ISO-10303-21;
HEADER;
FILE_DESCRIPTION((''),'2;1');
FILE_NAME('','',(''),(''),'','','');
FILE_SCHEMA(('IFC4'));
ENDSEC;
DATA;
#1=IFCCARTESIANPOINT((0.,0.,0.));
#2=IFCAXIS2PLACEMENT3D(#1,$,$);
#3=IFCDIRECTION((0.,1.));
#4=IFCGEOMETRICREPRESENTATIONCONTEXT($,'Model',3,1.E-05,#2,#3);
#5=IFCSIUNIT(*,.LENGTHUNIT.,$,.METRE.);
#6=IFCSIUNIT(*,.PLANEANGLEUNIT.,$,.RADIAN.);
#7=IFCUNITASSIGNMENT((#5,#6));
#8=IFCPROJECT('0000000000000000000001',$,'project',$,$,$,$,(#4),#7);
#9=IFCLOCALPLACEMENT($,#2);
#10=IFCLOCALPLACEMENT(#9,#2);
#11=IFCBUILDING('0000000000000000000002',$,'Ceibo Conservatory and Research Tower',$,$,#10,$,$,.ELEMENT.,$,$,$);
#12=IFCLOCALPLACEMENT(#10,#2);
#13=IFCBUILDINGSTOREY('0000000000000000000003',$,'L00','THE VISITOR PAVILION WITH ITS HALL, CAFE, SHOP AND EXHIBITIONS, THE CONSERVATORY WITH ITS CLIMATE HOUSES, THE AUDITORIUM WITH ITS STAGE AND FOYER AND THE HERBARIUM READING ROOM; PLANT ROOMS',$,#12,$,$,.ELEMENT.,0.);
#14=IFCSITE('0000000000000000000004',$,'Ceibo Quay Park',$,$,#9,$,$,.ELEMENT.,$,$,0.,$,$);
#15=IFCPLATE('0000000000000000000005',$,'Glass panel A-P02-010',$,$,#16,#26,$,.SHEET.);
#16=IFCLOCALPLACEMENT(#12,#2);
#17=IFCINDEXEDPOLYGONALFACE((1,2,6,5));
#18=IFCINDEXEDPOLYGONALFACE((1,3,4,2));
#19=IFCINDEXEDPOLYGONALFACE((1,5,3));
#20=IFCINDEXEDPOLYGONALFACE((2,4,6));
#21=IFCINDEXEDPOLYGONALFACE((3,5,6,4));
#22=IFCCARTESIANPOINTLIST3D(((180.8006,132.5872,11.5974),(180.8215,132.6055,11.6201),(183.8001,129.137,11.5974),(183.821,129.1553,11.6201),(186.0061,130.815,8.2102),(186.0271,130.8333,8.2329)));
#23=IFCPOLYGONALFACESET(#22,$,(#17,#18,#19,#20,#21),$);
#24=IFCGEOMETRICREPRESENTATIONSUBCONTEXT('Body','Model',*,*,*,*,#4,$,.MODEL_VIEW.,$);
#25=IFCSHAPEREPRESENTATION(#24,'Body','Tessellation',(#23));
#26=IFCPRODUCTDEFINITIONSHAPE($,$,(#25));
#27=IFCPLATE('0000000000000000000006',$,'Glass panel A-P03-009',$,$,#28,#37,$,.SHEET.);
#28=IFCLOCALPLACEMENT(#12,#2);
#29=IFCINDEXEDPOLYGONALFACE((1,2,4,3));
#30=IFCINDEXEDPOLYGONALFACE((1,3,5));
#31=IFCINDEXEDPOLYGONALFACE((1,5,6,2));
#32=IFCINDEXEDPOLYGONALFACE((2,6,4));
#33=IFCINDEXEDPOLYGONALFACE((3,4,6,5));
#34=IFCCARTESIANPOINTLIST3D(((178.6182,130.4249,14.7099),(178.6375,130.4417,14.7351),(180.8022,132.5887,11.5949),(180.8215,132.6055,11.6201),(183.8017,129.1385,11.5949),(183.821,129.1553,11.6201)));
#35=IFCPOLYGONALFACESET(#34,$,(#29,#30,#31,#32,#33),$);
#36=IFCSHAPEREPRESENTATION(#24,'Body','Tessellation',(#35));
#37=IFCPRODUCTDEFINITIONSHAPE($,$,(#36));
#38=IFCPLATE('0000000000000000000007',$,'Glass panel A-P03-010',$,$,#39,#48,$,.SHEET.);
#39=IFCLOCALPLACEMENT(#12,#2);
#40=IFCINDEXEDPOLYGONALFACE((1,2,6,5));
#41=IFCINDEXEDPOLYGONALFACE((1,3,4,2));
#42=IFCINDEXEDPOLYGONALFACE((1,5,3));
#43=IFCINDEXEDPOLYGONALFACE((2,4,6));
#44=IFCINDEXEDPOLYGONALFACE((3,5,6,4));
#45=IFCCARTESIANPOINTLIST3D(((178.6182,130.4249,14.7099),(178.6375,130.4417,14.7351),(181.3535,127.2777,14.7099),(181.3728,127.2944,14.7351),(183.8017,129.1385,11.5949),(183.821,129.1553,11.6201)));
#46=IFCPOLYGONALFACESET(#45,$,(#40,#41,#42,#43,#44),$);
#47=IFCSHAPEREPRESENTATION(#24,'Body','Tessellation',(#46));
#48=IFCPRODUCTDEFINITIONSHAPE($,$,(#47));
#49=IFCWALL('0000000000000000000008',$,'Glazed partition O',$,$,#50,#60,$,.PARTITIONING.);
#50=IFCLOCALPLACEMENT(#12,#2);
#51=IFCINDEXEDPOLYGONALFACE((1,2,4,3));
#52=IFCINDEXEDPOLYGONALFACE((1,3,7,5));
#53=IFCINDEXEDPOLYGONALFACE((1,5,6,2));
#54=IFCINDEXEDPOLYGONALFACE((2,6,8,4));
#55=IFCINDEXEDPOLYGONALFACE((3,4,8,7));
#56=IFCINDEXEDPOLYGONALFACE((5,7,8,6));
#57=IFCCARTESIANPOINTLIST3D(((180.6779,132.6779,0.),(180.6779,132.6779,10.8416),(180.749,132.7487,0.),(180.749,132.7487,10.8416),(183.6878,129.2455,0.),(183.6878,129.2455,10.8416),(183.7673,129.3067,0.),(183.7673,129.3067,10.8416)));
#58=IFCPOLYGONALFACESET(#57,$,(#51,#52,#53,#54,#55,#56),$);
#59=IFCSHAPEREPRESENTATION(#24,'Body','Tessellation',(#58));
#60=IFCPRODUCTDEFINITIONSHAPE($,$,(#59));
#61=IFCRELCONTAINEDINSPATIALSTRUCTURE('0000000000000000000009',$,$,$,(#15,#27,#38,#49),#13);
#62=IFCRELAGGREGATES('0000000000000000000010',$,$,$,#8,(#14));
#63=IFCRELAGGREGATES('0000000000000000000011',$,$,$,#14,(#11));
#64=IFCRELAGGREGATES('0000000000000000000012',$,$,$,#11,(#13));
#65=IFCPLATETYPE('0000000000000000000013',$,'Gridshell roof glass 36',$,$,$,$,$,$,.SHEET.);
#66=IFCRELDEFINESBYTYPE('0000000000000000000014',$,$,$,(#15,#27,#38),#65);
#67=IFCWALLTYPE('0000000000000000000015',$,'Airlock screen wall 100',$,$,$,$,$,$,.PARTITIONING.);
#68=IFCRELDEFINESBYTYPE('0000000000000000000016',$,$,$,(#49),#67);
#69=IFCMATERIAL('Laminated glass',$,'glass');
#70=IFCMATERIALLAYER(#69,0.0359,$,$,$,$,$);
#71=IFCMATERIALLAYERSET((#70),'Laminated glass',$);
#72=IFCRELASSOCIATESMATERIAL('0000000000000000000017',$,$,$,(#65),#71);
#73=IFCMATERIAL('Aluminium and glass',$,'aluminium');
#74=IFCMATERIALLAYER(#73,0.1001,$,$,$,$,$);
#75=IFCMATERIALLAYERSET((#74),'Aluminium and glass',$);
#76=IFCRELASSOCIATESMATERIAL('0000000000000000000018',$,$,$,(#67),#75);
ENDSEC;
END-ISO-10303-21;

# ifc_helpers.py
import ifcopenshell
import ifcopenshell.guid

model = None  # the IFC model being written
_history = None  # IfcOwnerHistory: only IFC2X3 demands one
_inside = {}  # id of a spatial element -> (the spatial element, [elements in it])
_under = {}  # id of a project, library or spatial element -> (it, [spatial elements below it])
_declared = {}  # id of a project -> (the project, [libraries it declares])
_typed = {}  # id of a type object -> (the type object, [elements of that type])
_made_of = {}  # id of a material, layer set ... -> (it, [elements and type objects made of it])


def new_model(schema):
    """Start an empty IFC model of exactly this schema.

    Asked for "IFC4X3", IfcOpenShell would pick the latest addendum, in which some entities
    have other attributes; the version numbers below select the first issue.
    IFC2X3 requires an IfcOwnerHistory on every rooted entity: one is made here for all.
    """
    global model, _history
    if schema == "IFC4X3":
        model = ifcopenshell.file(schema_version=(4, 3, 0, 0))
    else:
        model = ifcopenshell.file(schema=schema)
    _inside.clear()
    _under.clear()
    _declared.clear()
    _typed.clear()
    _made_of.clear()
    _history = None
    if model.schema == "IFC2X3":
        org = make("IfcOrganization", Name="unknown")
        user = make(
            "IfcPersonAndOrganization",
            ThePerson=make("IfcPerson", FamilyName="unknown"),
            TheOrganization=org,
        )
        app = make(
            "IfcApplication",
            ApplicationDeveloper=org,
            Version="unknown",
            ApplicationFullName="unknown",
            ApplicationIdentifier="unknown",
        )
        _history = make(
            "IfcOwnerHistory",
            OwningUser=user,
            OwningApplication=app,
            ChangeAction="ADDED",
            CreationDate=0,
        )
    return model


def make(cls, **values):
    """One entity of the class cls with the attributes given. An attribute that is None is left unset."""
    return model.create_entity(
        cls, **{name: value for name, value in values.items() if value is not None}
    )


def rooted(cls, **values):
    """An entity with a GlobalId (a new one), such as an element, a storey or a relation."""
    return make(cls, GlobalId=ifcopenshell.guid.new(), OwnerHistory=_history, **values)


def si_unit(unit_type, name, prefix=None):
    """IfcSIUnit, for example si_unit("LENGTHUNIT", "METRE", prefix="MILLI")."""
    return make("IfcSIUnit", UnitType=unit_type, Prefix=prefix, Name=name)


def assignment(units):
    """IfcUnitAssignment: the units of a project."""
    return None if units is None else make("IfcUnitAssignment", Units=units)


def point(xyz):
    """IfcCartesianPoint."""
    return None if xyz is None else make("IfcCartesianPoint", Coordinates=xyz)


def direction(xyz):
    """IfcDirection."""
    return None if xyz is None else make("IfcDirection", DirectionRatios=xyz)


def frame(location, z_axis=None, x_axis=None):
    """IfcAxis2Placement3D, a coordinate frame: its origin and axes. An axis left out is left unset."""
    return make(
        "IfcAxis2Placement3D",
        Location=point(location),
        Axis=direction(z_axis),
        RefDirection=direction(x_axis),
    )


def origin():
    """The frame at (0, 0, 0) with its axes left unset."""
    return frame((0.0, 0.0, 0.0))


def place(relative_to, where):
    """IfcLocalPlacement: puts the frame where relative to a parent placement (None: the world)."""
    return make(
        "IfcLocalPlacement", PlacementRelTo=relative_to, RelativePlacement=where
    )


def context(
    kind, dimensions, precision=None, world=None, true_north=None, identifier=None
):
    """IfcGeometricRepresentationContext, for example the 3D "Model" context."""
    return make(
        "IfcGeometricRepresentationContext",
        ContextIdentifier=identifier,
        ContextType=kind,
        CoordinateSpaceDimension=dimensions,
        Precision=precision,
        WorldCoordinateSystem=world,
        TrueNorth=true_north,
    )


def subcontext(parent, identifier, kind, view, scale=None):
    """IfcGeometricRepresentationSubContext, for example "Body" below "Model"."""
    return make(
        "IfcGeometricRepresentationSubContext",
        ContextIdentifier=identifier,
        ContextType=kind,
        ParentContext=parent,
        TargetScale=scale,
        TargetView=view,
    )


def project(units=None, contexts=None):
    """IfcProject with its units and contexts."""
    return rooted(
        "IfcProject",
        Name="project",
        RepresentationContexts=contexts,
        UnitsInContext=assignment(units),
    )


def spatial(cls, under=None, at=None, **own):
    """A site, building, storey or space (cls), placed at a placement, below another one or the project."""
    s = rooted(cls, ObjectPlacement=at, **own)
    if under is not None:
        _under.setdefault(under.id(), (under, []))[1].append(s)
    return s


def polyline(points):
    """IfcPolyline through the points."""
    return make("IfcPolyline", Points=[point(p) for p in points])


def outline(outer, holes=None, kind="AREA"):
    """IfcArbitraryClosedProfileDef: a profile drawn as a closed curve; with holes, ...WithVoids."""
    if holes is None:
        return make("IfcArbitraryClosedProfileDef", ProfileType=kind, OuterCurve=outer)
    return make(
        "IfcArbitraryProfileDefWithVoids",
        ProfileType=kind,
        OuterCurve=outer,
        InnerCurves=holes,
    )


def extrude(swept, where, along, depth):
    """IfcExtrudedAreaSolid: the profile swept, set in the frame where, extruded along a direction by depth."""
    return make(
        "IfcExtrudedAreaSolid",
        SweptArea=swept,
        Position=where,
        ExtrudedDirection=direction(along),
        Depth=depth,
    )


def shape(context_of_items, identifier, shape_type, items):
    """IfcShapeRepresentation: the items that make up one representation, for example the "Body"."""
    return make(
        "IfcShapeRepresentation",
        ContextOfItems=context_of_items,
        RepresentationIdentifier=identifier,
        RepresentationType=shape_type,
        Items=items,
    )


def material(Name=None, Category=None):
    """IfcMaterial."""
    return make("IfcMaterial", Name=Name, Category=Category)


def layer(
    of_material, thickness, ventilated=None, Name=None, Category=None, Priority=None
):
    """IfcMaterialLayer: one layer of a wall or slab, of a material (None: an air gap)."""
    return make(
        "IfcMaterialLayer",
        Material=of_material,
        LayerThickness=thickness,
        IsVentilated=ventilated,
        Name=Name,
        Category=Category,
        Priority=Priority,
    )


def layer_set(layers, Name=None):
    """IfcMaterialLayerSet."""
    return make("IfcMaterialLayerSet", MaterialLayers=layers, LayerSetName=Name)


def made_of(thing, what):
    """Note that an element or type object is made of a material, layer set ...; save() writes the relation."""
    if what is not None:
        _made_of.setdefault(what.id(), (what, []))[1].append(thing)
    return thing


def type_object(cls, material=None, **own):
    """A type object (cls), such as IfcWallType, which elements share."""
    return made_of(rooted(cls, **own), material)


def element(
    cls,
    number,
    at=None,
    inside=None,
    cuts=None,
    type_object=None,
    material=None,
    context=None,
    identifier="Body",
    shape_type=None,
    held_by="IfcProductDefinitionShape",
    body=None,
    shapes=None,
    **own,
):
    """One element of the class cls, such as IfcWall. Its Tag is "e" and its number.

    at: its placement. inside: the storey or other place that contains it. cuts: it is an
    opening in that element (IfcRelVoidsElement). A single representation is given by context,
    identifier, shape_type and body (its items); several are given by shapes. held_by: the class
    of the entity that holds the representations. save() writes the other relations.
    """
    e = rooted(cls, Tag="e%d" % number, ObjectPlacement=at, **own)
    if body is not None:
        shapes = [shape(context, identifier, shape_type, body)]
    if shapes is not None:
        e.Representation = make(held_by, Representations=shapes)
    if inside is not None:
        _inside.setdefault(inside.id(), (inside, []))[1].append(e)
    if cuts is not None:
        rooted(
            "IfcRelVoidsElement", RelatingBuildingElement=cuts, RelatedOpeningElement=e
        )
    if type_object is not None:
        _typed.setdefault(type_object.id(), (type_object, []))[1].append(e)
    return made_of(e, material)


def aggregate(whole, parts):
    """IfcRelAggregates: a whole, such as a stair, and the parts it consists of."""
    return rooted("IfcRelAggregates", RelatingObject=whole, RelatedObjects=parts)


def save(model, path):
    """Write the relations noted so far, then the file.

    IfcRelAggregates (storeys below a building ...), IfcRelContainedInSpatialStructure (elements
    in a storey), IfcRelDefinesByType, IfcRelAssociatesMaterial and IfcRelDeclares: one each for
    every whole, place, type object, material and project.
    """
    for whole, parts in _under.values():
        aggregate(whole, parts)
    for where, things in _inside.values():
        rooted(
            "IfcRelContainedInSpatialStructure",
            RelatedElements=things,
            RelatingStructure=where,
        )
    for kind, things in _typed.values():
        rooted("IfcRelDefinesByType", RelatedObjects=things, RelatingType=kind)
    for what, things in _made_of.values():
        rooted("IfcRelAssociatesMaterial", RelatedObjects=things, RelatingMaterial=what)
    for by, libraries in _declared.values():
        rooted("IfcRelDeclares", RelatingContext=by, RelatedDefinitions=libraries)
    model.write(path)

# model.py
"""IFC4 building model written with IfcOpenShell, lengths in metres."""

from ifc_helpers import new_model, si_unit, direction, frame, origin, place, context, subcontext, project, spatial, polyline, outline, extrude, material, layer, layer_set, type_object, element, save


model = new_model("IFC4")

# Units and contexts
model_context = context("Model", 3, precision=1e-05, world=origin(), true_north=direction((0.0, 1.0)))
body_context = subcontext(model_context, "Body", "Model", "MODEL_VIEW")
ifc_project = project(units=[si_unit("LENGTHUNIT", "METRE"), si_unit("PLANEANGLEUNIT", "RADIAN")], contexts=[model_context])

# Site, building, storey
site_placement = place(None, origin())
site = spatial("IfcSite", under=ifc_project, at=site_placement, Name="Ceibo Quay Park", CompositionType="ELEMENT", RefElevation=0.0)
building_placement = place(site_placement, origin())
building = spatial("IfcBuilding", under=site, at=building_placement, Name="Ceibo Conservatory and Research Tower", CompositionType="ELEMENT")
storey_placement = place(building_placement, origin())
storey = spatial("IfcBuildingStorey", under=building, at=storey_placement, Name="L00", Description="THE VISITOR PAVILION WITH ITS HALL, CAFE, SHOP AND EXHIBITIONS, THE CONSERVATORY WITH ITS CLIMATE HOUSES, THE AUDITORIUM WITH ITS STAGE AND FOYER AND THE HERBARIUM READING ROOM; PLANT ROOMS", CompositionType="ELEMENT", Elevation=0.0)

# Shared definitions
ifc_material_1 = material(Name="Aluminium and glass", Category="aluminium")
ifc_material_2 = material(Name="Laminated glass", Category="glass")

# Plates
ifc_layer_1 = layer(ifc_material_2, 0.0359)
ifc_layer_set_1 = layer_set([ifc_layer_1], Name="Laminated glass")
plate_type_1 = type_object("IfcPlateType", Name="Gridshell roof glass 36", PredefinedType="SHEET", material=ifc_layer_set_1)
plate_1_placement = place(storey_placement, frame((186.0271, 130.8333, 8.2329), z_axis=(0.584559, 0.508201, 0.632474), x_axis=(-0.806006, 0.274402, 0.52446)))
element("IfcPlate", 1, at=plate_1_placement, inside=storey, type_object=plate_type_1, Name="Glass panel A-P02-010", PredefinedType="SHEET", context=body_context, shape_type="SweptSolid", body=[
    extrude(outline(polyline([(0.0, 0.0), (6.4585, 0.0), (3.0941, 3.0955), (0.0, 0.0)])), origin(), (0.0, 0.0, -1.0), 0.0359),
])
plate_2_placement = place(storey_placement, frame((183.821, 129.1553, 11.6201), z_axis=(0.537681, 0.467447, 0.701707), x_axis=(-0.656097, 0.754677, 0.0)))
element("IfcPlate", 2, at=plate_2_placement, inside=storey, type_object=plate_type_1, Name="Glass panel A-P03-009", PredefinedType="SHEET", context=body_context, shape_type="SweptSolid", body=[
    extrude(outline(polyline([(0.0, 0.0), (4.5718, 0.0), (4.3717, 4.3721), (0.0, 0.0)])), origin(), (0.0, 0.0, -1.0), 0.0359),
])
plate_3_placement = place(storey_placement, frame((183.821, 129.1553, 11.6201), z_axis=(0.537694, 0.467328, 0.701776), x_axis=(-0.838383, 0.208056, 0.503812)))
element("IfcPlate", 3, at=plate_3_placement, inside=storey, type_object=plate_type_1, Name="Glass panel A-P03-010", PredefinedType="SHEET", context=body_context, shape_type="SweptSolid", body=[
    extrude(outline(polyline([(0.0, 0.0), (6.1828, 0.0), (3.2348, 2.9489), (0.0, 0.0)])), origin(), (0.0, 0.0, -1.0), 0.0359),
])

# Wall
ifc_layer_2 = layer(ifc_material_1, 0.1001)
ifc_layer_set_2 = layer_set([ifc_layer_2], Name="Aluminium and glass")
wall_type = type_object("IfcWallType", Name="Airlock screen wall 100", PredefinedType="PARTITIONING", material=ifc_layer_set_2)
wall_placement = place(storey_placement, frame((183.7275, 129.2761, 0.0), z_axis=(0.0, 0.0, 1.0), x_axis=(-0.659317, 0.751865, 0.0)))
element("IfcWall", 4, at=wall_placement, inside=storey, type_object=wall_type, Name="Glazed partition O", PredefinedType="PARTITIONING", context=body_context, shape_type="SweptSolid", body=[
    extrude(outline(polyline([(-0.0032, -0.05), (4.5747, -0.05), (4.5684, 0.05), (0.0032, 0.05), (-0.0032, -0.05)])), origin(), (0.0, 0.0, 1.0), 10.8416),
])

save(model, "model.ifc")
